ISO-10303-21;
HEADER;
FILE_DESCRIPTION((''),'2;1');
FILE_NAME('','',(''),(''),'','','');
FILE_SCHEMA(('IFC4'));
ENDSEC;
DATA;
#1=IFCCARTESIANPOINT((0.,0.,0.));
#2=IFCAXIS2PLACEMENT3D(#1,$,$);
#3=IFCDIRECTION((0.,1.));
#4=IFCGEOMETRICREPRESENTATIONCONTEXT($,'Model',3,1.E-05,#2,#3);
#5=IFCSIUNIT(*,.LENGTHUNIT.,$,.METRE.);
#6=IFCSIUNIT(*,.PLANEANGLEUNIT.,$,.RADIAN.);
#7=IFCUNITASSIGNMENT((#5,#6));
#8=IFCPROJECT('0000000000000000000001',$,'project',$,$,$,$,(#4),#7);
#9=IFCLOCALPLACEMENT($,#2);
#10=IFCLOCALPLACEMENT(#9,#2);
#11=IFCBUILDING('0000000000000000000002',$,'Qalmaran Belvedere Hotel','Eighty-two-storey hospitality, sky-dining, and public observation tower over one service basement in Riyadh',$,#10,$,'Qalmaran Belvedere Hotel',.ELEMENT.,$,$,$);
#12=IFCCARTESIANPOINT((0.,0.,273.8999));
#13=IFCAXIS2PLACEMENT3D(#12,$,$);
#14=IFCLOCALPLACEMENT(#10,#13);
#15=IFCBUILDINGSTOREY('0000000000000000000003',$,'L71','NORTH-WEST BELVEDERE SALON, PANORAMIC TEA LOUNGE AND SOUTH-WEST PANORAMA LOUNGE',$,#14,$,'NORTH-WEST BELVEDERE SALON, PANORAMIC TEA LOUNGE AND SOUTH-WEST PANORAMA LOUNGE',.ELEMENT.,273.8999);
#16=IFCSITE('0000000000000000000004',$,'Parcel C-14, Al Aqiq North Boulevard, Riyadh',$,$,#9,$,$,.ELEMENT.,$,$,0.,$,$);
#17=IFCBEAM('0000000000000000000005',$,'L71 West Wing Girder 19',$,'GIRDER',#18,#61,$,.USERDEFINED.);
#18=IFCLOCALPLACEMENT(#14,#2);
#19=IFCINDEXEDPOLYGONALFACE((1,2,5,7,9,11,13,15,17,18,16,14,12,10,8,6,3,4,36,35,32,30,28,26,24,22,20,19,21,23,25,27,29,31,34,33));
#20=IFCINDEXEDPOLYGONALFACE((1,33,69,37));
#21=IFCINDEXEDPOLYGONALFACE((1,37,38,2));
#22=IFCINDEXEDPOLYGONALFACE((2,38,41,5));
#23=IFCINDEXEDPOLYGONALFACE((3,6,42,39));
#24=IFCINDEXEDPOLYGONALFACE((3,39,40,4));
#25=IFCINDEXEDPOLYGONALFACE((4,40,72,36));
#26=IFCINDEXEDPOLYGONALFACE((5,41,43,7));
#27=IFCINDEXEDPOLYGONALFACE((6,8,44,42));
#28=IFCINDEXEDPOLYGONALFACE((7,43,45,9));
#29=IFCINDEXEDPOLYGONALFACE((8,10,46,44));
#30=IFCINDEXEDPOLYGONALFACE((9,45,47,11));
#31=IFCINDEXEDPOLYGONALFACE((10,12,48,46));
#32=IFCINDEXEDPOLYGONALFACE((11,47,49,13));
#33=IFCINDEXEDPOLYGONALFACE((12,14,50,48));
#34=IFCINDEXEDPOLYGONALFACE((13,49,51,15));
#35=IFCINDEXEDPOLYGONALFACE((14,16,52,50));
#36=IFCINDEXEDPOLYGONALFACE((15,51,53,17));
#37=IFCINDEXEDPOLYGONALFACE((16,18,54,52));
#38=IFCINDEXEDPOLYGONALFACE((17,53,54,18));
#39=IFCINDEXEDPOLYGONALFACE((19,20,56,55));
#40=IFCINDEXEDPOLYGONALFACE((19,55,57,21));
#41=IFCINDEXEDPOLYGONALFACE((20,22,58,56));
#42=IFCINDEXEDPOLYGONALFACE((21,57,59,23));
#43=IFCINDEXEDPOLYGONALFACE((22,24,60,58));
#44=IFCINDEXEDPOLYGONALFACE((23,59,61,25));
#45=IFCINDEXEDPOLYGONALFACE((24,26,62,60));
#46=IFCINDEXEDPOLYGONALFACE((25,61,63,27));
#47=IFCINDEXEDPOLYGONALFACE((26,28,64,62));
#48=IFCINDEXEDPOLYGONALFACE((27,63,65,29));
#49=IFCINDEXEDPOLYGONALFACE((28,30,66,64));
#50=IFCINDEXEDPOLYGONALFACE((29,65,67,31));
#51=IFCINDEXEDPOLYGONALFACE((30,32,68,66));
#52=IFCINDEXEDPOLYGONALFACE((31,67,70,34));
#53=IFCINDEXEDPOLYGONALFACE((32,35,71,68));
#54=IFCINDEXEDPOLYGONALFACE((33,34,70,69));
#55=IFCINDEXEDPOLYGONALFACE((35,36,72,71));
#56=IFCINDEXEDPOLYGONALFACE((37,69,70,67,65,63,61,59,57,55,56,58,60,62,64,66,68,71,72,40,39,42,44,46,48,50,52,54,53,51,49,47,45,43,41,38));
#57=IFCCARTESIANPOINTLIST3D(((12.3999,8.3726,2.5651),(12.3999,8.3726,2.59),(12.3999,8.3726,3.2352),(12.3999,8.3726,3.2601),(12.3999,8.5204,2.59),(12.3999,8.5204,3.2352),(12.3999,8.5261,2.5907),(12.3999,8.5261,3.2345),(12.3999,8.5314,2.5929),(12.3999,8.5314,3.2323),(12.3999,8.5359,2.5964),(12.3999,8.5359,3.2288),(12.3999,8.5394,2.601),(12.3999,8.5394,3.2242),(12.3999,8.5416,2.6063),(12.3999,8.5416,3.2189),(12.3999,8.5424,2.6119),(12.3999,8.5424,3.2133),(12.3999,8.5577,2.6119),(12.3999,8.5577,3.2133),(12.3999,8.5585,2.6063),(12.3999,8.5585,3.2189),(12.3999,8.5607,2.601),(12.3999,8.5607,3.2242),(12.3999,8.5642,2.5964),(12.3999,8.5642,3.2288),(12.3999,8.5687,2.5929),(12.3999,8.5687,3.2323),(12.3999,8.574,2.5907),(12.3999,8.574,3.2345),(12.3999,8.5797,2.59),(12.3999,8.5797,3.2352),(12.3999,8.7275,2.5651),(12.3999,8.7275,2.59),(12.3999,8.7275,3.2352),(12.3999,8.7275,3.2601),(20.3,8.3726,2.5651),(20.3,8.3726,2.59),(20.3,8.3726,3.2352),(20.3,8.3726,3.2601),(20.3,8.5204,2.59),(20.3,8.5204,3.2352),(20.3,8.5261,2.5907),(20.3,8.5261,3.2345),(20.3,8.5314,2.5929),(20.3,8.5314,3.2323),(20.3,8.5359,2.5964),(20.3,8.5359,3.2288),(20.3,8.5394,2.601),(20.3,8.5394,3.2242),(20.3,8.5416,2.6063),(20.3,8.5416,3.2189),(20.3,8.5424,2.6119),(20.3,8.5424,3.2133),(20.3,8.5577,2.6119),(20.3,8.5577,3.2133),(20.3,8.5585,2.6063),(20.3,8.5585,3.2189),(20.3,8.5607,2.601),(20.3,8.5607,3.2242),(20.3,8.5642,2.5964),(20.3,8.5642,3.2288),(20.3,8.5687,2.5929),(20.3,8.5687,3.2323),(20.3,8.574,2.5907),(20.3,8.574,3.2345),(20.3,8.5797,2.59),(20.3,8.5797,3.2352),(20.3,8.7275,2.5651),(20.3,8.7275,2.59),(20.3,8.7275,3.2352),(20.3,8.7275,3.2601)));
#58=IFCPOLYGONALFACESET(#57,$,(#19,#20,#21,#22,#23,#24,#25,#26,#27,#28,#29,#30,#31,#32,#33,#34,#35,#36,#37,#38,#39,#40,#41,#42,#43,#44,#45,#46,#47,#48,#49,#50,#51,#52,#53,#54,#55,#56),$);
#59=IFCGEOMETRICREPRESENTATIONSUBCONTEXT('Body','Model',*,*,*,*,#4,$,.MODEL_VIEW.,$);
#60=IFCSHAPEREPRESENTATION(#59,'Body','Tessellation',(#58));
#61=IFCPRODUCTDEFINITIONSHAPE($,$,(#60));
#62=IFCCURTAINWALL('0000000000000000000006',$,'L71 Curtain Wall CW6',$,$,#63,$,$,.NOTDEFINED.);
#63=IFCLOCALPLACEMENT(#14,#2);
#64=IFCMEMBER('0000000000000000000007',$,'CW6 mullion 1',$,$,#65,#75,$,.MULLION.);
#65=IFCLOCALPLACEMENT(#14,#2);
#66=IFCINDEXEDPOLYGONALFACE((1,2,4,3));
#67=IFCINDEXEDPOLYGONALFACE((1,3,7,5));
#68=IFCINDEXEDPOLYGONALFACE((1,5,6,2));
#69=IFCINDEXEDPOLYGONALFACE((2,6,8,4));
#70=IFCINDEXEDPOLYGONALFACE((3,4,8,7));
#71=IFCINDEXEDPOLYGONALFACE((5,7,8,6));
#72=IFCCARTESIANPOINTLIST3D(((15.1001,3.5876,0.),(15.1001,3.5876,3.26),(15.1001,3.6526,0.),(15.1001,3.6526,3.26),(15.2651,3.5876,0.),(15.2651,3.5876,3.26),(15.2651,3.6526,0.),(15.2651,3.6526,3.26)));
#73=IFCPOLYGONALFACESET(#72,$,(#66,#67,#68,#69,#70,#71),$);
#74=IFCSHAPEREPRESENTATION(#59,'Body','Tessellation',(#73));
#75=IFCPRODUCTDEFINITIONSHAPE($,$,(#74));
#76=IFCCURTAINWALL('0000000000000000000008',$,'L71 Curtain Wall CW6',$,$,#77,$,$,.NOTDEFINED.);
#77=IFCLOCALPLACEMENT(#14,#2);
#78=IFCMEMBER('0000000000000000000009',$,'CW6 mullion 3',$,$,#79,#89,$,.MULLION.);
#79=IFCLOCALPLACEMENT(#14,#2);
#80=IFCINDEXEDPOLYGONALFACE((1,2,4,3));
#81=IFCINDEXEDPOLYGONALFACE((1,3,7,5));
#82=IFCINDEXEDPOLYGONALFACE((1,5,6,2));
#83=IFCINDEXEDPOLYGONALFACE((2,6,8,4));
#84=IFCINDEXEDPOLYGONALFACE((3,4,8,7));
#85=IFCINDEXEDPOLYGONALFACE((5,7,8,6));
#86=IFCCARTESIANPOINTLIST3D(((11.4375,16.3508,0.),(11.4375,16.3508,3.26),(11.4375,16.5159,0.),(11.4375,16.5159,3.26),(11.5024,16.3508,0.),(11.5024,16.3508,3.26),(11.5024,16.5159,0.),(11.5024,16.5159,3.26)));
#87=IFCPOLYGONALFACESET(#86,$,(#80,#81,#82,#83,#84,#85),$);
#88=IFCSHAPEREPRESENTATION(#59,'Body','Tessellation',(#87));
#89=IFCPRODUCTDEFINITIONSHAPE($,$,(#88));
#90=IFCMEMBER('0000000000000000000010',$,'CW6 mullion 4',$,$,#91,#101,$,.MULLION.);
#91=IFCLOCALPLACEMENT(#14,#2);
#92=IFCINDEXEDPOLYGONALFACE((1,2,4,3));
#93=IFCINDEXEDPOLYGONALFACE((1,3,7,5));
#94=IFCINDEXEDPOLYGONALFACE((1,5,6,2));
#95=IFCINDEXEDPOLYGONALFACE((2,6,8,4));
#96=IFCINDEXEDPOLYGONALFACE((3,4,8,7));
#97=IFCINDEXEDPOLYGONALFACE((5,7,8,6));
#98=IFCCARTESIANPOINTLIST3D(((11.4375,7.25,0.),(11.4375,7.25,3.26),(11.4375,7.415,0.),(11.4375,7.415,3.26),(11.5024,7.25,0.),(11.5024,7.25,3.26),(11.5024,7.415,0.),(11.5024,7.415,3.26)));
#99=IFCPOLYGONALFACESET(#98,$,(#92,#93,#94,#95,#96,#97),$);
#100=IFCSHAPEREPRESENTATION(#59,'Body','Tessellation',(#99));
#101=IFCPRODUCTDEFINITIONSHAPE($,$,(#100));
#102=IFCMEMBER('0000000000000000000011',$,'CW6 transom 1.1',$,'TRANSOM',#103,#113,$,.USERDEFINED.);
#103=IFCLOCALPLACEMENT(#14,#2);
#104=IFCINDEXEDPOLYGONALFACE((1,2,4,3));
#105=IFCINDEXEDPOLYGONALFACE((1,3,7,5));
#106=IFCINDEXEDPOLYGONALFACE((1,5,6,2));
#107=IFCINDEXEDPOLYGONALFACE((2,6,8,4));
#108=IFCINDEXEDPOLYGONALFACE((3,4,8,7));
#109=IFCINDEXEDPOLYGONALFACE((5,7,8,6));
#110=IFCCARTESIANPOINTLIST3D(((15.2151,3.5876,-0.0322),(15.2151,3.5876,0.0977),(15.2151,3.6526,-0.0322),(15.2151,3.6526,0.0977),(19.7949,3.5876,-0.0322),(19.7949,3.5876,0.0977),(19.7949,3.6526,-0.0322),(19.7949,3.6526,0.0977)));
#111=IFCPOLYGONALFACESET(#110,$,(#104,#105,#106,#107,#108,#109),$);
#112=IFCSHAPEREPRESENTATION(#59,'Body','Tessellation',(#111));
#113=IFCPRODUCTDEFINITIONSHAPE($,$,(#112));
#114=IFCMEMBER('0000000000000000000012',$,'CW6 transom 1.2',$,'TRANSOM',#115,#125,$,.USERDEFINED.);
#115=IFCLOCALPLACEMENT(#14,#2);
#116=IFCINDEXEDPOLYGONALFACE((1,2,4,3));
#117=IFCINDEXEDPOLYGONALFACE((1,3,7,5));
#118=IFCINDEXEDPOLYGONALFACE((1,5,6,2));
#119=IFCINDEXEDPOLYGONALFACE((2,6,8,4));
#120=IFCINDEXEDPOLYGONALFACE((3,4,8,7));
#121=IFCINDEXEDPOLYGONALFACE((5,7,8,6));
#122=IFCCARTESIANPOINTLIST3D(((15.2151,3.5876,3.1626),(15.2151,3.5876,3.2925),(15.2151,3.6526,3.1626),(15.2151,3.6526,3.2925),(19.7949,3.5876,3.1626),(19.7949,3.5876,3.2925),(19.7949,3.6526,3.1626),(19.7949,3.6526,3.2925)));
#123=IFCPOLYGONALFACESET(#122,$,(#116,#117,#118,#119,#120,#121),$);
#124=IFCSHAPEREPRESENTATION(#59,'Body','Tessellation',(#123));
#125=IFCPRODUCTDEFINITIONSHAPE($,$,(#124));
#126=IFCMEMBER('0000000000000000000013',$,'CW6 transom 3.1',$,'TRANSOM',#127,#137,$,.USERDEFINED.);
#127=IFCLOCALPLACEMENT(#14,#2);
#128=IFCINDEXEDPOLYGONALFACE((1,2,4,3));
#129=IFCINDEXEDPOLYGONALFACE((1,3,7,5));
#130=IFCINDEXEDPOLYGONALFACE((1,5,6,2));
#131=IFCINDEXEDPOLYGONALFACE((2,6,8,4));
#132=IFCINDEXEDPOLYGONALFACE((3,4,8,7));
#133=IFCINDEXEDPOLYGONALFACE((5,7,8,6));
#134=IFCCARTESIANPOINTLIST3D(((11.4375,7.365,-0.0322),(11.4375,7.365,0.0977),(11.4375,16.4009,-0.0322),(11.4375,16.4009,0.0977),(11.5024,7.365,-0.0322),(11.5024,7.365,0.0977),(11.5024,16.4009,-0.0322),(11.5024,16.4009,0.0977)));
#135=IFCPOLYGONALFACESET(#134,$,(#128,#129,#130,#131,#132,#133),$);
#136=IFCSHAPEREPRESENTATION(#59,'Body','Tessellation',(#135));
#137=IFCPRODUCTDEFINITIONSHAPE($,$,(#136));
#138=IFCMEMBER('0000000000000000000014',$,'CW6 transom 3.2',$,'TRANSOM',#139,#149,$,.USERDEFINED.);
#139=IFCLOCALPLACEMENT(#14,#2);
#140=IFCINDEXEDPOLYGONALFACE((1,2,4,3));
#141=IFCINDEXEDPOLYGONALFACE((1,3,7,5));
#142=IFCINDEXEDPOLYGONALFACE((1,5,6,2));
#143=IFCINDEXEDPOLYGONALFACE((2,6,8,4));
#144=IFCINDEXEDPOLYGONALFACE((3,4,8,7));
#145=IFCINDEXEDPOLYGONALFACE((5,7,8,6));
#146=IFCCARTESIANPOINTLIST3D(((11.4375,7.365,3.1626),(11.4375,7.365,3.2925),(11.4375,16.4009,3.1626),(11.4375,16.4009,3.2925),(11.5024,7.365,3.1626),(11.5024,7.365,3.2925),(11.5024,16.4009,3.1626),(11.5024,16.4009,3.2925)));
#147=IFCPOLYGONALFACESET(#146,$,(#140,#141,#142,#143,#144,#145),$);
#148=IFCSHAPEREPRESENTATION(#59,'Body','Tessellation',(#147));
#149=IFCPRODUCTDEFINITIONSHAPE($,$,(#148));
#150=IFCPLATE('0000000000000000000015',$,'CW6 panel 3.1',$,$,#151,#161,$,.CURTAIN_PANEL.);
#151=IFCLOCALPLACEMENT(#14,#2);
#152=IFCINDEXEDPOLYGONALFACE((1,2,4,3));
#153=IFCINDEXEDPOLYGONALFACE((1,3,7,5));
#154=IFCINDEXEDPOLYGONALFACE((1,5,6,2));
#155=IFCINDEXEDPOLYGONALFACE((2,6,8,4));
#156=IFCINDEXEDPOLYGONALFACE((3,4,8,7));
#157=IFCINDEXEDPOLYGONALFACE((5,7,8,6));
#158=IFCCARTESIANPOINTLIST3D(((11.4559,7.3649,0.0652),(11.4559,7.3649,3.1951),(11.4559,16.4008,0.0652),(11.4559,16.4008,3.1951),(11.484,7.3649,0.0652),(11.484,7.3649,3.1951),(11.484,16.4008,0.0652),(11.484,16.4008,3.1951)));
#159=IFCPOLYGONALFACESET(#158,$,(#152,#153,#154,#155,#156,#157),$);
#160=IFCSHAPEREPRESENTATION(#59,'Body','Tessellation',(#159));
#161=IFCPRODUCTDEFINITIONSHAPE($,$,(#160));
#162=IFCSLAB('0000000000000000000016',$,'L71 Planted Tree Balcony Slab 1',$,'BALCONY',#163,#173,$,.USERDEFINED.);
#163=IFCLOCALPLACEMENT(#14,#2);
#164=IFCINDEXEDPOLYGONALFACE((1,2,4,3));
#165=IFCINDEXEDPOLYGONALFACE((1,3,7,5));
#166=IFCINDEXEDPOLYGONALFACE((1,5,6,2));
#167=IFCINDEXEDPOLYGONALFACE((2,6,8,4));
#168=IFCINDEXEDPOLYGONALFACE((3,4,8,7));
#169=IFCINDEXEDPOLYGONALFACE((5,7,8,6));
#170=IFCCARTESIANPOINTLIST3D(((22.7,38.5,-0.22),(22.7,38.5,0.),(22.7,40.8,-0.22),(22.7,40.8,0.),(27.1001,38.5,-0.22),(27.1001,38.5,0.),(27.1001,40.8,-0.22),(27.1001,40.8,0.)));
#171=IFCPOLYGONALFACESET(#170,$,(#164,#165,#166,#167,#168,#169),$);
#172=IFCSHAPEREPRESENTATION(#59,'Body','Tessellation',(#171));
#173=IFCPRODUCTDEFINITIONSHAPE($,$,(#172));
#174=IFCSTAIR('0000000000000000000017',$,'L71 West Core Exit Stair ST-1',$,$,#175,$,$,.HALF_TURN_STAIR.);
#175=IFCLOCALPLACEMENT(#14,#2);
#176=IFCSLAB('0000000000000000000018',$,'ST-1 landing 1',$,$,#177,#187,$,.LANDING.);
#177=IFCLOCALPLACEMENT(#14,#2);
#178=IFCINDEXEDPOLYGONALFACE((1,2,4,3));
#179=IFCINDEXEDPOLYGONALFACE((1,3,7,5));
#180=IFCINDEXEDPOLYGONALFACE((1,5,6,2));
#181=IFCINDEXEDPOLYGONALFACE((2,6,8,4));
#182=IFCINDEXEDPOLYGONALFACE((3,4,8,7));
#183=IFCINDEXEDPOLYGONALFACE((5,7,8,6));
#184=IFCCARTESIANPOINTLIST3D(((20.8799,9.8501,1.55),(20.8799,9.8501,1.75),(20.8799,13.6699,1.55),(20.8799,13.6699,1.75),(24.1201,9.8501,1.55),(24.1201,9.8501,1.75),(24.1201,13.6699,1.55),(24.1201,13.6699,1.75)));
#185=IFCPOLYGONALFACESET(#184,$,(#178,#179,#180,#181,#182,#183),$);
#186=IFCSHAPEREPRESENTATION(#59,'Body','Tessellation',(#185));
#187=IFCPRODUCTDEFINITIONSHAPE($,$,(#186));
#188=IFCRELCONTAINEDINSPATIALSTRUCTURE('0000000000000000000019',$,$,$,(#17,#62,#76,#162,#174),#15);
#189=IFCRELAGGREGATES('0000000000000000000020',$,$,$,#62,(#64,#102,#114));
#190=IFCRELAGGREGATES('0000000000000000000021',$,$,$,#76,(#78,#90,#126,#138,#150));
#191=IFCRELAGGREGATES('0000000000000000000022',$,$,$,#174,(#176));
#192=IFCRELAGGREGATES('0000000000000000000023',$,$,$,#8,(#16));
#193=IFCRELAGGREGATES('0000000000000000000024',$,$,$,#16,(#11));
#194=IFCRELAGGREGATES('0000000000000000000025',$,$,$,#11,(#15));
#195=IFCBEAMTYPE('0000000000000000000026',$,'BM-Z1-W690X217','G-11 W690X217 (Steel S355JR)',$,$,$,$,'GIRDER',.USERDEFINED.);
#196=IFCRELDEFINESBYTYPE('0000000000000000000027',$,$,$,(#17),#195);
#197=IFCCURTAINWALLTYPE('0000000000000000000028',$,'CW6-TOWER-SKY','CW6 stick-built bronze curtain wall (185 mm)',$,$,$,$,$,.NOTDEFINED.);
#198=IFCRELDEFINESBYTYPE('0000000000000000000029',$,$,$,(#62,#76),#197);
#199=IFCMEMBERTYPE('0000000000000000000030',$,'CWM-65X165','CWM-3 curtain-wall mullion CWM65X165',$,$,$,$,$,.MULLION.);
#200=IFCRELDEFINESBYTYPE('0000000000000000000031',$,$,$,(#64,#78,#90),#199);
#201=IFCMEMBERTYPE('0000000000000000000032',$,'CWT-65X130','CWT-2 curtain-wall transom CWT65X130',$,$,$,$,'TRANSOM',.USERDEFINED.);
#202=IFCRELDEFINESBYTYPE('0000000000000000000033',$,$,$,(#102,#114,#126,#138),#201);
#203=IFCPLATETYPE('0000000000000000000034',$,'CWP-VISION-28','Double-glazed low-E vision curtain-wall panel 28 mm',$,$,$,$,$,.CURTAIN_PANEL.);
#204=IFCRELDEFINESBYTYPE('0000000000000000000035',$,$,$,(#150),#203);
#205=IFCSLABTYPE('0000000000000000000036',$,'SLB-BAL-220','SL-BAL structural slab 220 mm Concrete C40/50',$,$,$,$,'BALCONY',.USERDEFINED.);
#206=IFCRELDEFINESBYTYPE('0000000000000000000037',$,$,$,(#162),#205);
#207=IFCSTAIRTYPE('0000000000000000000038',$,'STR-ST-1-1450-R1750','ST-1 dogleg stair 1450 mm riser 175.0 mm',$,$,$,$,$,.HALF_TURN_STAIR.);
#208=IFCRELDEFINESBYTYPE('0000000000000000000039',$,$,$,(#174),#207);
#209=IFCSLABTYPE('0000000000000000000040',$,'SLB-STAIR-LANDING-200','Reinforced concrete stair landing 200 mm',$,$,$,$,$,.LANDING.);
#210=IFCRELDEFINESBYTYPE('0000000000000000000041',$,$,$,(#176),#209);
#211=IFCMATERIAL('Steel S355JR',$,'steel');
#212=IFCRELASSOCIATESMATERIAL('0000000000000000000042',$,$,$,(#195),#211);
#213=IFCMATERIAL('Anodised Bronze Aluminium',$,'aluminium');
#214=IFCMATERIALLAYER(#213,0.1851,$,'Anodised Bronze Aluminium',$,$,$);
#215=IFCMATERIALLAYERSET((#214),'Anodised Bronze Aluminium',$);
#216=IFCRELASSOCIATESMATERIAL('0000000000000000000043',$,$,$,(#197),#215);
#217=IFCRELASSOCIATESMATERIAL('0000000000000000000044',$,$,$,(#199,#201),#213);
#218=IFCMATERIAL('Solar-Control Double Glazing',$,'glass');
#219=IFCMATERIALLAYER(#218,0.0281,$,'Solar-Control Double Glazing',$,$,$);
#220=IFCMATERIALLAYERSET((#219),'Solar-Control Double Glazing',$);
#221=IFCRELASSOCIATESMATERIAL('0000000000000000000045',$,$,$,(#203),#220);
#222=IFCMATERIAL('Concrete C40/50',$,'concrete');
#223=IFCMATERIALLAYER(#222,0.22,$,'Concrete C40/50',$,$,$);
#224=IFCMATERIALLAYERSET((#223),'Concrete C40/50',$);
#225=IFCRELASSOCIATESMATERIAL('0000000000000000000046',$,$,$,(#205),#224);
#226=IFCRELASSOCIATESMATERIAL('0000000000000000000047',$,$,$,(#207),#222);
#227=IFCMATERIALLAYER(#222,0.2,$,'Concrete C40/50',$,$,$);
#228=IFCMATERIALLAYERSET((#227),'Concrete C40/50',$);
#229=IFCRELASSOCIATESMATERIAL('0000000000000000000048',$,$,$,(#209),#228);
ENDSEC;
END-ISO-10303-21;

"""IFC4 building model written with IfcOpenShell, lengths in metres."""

from ifc_helpers import new_model, si_unit, direction, frame, origin, origin_2d, place, context, subcontext, project, spatial, polyline, rectangle, i_section, outline, extrude, material, layer, layer_set, material_profile, profile_set, type_object, element, aggregate, save


model = new_model("IFC4")

# Units and contexts
model_context = context("Model", 3, precision=1e-05, world=origin(), true_north=direction((0.0, 1.0)))
body_context = subcontext(model_context, "Body", "Model", "MODEL_VIEW")
ifc_project = project(units=[si_unit("LENGTHUNIT", "METRE"), si_unit("PLANEANGLEUNIT", "RADIAN")], contexts=[model_context])

# Site, building, storey
site_placement = place(None, origin())
site = spatial("IfcSite", under=ifc_project, at=site_placement, Name="Parcel C-14, Al Aqiq North Boulevard, Riyadh", CompositionType="ELEMENT", RefElevation=0.0)
building_placement = place(site_placement, origin())
building = spatial("IfcBuilding", under=site, at=building_placement, Name="Qalmaran Belvedere Hotel", Description="Eighty-two-storey hospitality, sky-dining, and public observation tower over one service basement in Riyadh", LongName="Qalmaran Belvedere Hotel", CompositionType="ELEMENT")
storey_placement = place(building_placement, frame((0.0, 0.0, 273.8999)))
storey = spatial("IfcBuildingStorey", under=building, at=storey_placement, Name="L71", Description="NORTH-WEST BELVEDERE SALON, PANORAMIC TEA LOUNGE AND SOUTH-WEST PANORAMA LOUNGE", LongName="NORTH-WEST BELVEDERE SALON, PANORAMIC TEA LOUNGE AND SOUTH-WEST PANORAMA LOUNGE", CompositionType="ELEMENT", Elevation=273.8999)

# Beam
ifc_material_1 = material(Name="Steel S355JR", Category="steel")
ifc_material_profile_1 = material_profile(ifc_material_1, i_section(OverallWidth=0.355, OverallDepth=0.6951, WebThickness=0.0154, FlangeThickness=0.0249, FilletRadius=0.022, at=origin_2d()), Name="W690X217")
ifc_profile_set_1 = profile_set([ifc_material_profile_1], Name="Steel S355JR")
beam_type_1 = type_object("IfcBeamType", Name="BM-Z1-W690X217", Description="G-11 W690X217 (Steel S355JR)", ElementType="GIRDER", PredefinedType="USERDEFINED", material=ifc_profile_set_1)
beam_1_placement = place(storey_placement, frame((12.3999, 8.55, 2.9126), z_axis=(1.0, 0.0, 0.0), x_axis=(0.0, 1.0, 0.0)))
element("IfcBeam", 1, at=beam_1_placement, inside=storey, type_object=beam_type_1, Name="L71 West Wing Girder 19", ObjectType="GIRDER", PredefinedType="USERDEFINED", context=body_context, shape_type="SweptSolid", body=[
    extrude(i_section(OverallWidth=0.355, OverallDepth=0.6951, WebThickness=0.0154, FlangeThickness=0.0249, FilletRadius=0.022, at=origin_2d()), origin(), (0.0, 0.0, 1.0), 7.9001),
])

# Curtain wall, member
ifc_material_2 = material(Name="Anodised Bronze Aluminium", Category="aluminium")
ifc_layer_1 = layer(ifc_material_2, 0.1851, Name="Anodised Bronze Aluminium")
ifc_layer_set_1 = layer_set([ifc_layer_1], Name="Anodised Bronze Aluminium")
curtain_wall_type = type_object("IfcCurtainWallType", Name="CW6-TOWER-SKY", Description="CW6 stick-built bronze curtain wall (185 mm)", PredefinedType="NOTDEFINED", material=ifc_layer_set_1)
curtain_wall_1_placement = place(storey_placement, origin())
curtain_wall_1 = element("IfcCurtainWall", 2, at=curtain_wall_1_placement, inside=storey, type_object=curtain_wall_type, Name="L71 Curtain Wall CW6", PredefinedType="NOTDEFINED")
ifc_material_profile_2 = material_profile(ifc_material_2, rectangle(XDim=0.0649, YDim=0.165, at=origin_2d()), Name="CWM65X165")
ifc_profile_set_2 = profile_set([ifc_material_profile_2], Name="Anodised Bronze Aluminium")
member_type_1 = type_object("IfcMemberType", Name="CWM-65X165", Description="CWM-3 curtain-wall mullion CWM65X165", PredefinedType="MULLION", material=ifc_profile_set_2)
member_1_placement = place(storey_placement, frame((15.1826, 3.6201, 0.0), z_axis=(0.0, 0.0, 1.0), x_axis=(0.0, 1.0, 0.0)))
member_1 = element("IfcMember", 3, at=member_1_placement, type_object=member_type_1, Name="CW6 mullion 1", PredefinedType="MULLION", context=body_context, shape_type="SweptSolid", body=[
    extrude(rectangle(XDim=0.0649, YDim=0.165, at=origin_2d()), origin(), (0.0, 0.0, 1.0), 3.26),
])

# Curtain wall, members
curtain_wall_2_placement = place(storey_placement, origin())
curtain_wall_2 = element("IfcCurtainWall", 4, at=curtain_wall_2_placement, inside=storey, type_object=curtain_wall_type, Name="L71 Curtain Wall CW6", PredefinedType="NOTDEFINED")
member_2_placement = place(storey_placement, frame((11.47, 16.4333, 0.0), z_axis=(0.0, 0.0, 1.0), x_axis=(1.0, 0.0, 0.0)))
member_2 = element("IfcMember", 5, at=member_2_placement, type_object=member_type_1, Name="CW6 mullion 3", PredefinedType="MULLION", context=body_context, shape_type="SweptSolid", body=[
    extrude(rectangle(XDim=0.0649, YDim=0.165, at=origin_2d()), origin(), (0.0, 0.0, 1.0), 3.26),
])
member_3_placement = place(storey_placement, frame((11.47, 7.3325, 0.0), z_axis=(0.0, 0.0, 1.0), x_axis=(1.0, 0.0, 0.0)))
member_3 = element("IfcMember", 6, at=member_3_placement, type_object=member_type_1, Name="CW6 mullion 4", PredefinedType="MULLION", context=body_context, shape_type="SweptSolid", body=[
    extrude(rectangle(XDim=0.0649, YDim=0.165, at=origin_2d()), origin(), (0.0, 0.0, 1.0), 3.26),
])

# Members
ifc_material_profile_3 = material_profile(ifc_material_2, rectangle(XDim=0.0649, YDim=0.1299, at=origin_2d()), Name="CWT65X130")
ifc_profile_set_3 = profile_set([ifc_material_profile_3], Name="Anodised Bronze Aluminium")
member_type_2 = type_object("IfcMemberType", Name="CWT-65X130", Description="CWT-2 curtain-wall transom CWT65X130", ElementType="TRANSOM", PredefinedType="USERDEFINED", material=ifc_profile_set_3)
member_4_placement = place(storey_placement, frame((15.2151, 3.6201, 0.0327), z_axis=(1.0, 0.0, 0.0), x_axis=(0.0, 1.0, 0.0)))
member_4 = element("IfcMember", 7, at=member_4_placement, type_object=member_type_2, Name="CW6 transom 1.1", ObjectType="TRANSOM", PredefinedType="USERDEFINED", context=body_context, shape_type="SweptSolid", body=[
    extrude(rectangle(XDim=0.0649, YDim=0.1299, at=origin_2d()), origin(), (0.0, 0.0, 1.0), 4.5798),
])
member_5_placement = place(storey_placement, frame((15.2151, 3.6201, 3.2275), z_axis=(1.0, 0.0, 0.0), x_axis=(0.0, 1.0, 0.0)))
member_5 = element("IfcMember", 8, at=member_5_placement, type_object=member_type_2, Name="CW6 transom 1.2", ObjectType="TRANSOM", PredefinedType="USERDEFINED", context=body_context, shape_type="SweptSolid", body=[
    extrude(rectangle(XDim=0.0649, YDim=0.1299, at=origin_2d()), origin(), (0.0, 0.0, 1.0), 4.5798),
])
aggregate(curtain_wall_1, [member_1, member_4, member_5])
member_6_placement = place(storey_placement, frame((11.47, 16.4009, 0.0327), z_axis=(0.0, -1.0, 0.0), x_axis=(1.0, 0.0, 0.0)))
member_6 = element("IfcMember", 9, at=member_6_placement, type_object=member_type_2, Name="CW6 transom 3.1", ObjectType="TRANSOM", PredefinedType="USERDEFINED", context=body_context, shape_type="SweptSolid", body=[
    extrude(rectangle(XDim=0.0649, YDim=0.1299, at=origin_2d()), origin(), (0.0, 0.0, 1.0), 9.0359),
])
member_7_placement = place(storey_placement, frame((11.47, 16.4009, 3.2275), z_axis=(0.0, -1.0, 0.0), x_axis=(1.0, 0.0, 0.0)))
member_7 = element("IfcMember", 10, at=member_7_placement, type_object=member_type_2, Name="CW6 transom 3.2", ObjectType="TRANSOM", PredefinedType="USERDEFINED", context=body_context, shape_type="SweptSolid", body=[
    extrude(rectangle(XDim=0.0649, YDim=0.1299, at=origin_2d()), origin(), (0.0, 0.0, 1.0), 9.0359),
])

# Plate
ifc_material_3 = material(Name="Solar-Control Double Glazing", Category="glass")
ifc_layer_2 = layer(ifc_material_3, 0.0281, Name="Solar-Control Double Glazing")
ifc_layer_set_2 = layer_set([ifc_layer_2], Name="Solar-Control Double Glazing")
plate_type = type_object("IfcPlateType", Name="CWP-VISION-28", Description="Double-glazed low-E vision curtain-wall panel 28 mm", PredefinedType="CURTAIN_PANEL", material=ifc_layer_set_2)
plate_placement = place(storey_placement, frame((11.47, 11.8828, 0.0652), z_axis=(0.0, 0.0, 1.0), x_axis=(0.0, -1.0, 0.0)))
plate = element("IfcPlate", 11, at=plate_placement, type_object=plate_type, Name="CW6 panel 3.1", PredefinedType="CURTAIN_PANEL", context=body_context, shape_type="SweptSolid", body=[
    extrude(rectangle(XDim=9.0359, YDim=0.0281, at=origin_2d()), origin(), (0.0, 0.0, 1.0), 3.1299),
])
aggregate(curtain_wall_2, [member_2, member_3, member_6, member_7, plate])

# Slab
ifc_material_4 = material(Name="Concrete C40/50", Category="concrete")
ifc_layer_3 = layer(ifc_material_4, 0.22, Name="Concrete C40/50")
ifc_layer_set_3 = layer_set([ifc_layer_3], Name="Concrete C40/50")
slab_type_1 = type_object("IfcSlabType", Name="SLB-BAL-220", Description="SL-BAL structural slab 220 mm Concrete C40/50", ElementType="BALCONY", PredefinedType="USERDEFINED", material=ifc_layer_set_3)
slab_1_placement = place(storey_placement, frame((0.0, 0.0, -0.22)))
element("IfcSlab", 12, at=slab_1_placement, inside=storey, type_object=slab_type_1, Name="L71 Planted Tree Balcony Slab 1", ObjectType="BALCONY", PredefinedType="USERDEFINED", context=body_context, shape_type="SweptSolid", body=[
    extrude(outline(polyline([(22.7, 38.5), (27.1001, 38.5), (27.1001, 40.8), (22.7, 40.8), (22.7, 38.5)])), origin(), (0.0, 0.0, 1.0), 0.22),
])

# Stair, slab
stair_type_1 = type_object("IfcStairType", Name="STR-ST-1-1450-R1750", Description="ST-1 dogleg stair 1450 mm riser 175.0 mm", PredefinedType="HALF_TURN_STAIR", material=ifc_material_4)
stair_1_placement = place(storey_placement, origin())
stair_1 = element("IfcStair", 13, at=stair_1_placement, inside=storey, type_object=stair_type_1, Name="L71 West Core Exit Stair ST-1", PredefinedType="HALF_TURN_STAIR")
ifc_layer_4 = layer(ifc_material_4, 0.2, Name="Concrete C40/50")
ifc_layer_set_4 = layer_set([ifc_layer_4], Name="Concrete C40/50")
slab_type_2 = type_object("IfcSlabType", Name="SLB-STAIR-LANDING-200", Description="Reinforced concrete stair landing 200 mm", PredefinedType="LANDING", material=ifc_layer_set_4)
slab_2_placement = place(storey_placement, frame((0.0, 0.0, 1.55)))
slab_2 = element("IfcSlab", 14, at=slab_2_placement, type_object=slab_type_2, Name="ST-1 landing 1", PredefinedType="LANDING", context=body_context, shape_type="SweptSolid", body=[
    extrude(outline(polyline([(20.8799, 13.6699), (20.8799, 9.8501), (24.1201, 9.8501), (24.1201, 13.6699), (20.8799, 13.6699)])), origin(), (0.0, 0.0, 1.0), 0.2),
])
aggregate(stair_1, [slab_2])

save(model, "model.ifc")
